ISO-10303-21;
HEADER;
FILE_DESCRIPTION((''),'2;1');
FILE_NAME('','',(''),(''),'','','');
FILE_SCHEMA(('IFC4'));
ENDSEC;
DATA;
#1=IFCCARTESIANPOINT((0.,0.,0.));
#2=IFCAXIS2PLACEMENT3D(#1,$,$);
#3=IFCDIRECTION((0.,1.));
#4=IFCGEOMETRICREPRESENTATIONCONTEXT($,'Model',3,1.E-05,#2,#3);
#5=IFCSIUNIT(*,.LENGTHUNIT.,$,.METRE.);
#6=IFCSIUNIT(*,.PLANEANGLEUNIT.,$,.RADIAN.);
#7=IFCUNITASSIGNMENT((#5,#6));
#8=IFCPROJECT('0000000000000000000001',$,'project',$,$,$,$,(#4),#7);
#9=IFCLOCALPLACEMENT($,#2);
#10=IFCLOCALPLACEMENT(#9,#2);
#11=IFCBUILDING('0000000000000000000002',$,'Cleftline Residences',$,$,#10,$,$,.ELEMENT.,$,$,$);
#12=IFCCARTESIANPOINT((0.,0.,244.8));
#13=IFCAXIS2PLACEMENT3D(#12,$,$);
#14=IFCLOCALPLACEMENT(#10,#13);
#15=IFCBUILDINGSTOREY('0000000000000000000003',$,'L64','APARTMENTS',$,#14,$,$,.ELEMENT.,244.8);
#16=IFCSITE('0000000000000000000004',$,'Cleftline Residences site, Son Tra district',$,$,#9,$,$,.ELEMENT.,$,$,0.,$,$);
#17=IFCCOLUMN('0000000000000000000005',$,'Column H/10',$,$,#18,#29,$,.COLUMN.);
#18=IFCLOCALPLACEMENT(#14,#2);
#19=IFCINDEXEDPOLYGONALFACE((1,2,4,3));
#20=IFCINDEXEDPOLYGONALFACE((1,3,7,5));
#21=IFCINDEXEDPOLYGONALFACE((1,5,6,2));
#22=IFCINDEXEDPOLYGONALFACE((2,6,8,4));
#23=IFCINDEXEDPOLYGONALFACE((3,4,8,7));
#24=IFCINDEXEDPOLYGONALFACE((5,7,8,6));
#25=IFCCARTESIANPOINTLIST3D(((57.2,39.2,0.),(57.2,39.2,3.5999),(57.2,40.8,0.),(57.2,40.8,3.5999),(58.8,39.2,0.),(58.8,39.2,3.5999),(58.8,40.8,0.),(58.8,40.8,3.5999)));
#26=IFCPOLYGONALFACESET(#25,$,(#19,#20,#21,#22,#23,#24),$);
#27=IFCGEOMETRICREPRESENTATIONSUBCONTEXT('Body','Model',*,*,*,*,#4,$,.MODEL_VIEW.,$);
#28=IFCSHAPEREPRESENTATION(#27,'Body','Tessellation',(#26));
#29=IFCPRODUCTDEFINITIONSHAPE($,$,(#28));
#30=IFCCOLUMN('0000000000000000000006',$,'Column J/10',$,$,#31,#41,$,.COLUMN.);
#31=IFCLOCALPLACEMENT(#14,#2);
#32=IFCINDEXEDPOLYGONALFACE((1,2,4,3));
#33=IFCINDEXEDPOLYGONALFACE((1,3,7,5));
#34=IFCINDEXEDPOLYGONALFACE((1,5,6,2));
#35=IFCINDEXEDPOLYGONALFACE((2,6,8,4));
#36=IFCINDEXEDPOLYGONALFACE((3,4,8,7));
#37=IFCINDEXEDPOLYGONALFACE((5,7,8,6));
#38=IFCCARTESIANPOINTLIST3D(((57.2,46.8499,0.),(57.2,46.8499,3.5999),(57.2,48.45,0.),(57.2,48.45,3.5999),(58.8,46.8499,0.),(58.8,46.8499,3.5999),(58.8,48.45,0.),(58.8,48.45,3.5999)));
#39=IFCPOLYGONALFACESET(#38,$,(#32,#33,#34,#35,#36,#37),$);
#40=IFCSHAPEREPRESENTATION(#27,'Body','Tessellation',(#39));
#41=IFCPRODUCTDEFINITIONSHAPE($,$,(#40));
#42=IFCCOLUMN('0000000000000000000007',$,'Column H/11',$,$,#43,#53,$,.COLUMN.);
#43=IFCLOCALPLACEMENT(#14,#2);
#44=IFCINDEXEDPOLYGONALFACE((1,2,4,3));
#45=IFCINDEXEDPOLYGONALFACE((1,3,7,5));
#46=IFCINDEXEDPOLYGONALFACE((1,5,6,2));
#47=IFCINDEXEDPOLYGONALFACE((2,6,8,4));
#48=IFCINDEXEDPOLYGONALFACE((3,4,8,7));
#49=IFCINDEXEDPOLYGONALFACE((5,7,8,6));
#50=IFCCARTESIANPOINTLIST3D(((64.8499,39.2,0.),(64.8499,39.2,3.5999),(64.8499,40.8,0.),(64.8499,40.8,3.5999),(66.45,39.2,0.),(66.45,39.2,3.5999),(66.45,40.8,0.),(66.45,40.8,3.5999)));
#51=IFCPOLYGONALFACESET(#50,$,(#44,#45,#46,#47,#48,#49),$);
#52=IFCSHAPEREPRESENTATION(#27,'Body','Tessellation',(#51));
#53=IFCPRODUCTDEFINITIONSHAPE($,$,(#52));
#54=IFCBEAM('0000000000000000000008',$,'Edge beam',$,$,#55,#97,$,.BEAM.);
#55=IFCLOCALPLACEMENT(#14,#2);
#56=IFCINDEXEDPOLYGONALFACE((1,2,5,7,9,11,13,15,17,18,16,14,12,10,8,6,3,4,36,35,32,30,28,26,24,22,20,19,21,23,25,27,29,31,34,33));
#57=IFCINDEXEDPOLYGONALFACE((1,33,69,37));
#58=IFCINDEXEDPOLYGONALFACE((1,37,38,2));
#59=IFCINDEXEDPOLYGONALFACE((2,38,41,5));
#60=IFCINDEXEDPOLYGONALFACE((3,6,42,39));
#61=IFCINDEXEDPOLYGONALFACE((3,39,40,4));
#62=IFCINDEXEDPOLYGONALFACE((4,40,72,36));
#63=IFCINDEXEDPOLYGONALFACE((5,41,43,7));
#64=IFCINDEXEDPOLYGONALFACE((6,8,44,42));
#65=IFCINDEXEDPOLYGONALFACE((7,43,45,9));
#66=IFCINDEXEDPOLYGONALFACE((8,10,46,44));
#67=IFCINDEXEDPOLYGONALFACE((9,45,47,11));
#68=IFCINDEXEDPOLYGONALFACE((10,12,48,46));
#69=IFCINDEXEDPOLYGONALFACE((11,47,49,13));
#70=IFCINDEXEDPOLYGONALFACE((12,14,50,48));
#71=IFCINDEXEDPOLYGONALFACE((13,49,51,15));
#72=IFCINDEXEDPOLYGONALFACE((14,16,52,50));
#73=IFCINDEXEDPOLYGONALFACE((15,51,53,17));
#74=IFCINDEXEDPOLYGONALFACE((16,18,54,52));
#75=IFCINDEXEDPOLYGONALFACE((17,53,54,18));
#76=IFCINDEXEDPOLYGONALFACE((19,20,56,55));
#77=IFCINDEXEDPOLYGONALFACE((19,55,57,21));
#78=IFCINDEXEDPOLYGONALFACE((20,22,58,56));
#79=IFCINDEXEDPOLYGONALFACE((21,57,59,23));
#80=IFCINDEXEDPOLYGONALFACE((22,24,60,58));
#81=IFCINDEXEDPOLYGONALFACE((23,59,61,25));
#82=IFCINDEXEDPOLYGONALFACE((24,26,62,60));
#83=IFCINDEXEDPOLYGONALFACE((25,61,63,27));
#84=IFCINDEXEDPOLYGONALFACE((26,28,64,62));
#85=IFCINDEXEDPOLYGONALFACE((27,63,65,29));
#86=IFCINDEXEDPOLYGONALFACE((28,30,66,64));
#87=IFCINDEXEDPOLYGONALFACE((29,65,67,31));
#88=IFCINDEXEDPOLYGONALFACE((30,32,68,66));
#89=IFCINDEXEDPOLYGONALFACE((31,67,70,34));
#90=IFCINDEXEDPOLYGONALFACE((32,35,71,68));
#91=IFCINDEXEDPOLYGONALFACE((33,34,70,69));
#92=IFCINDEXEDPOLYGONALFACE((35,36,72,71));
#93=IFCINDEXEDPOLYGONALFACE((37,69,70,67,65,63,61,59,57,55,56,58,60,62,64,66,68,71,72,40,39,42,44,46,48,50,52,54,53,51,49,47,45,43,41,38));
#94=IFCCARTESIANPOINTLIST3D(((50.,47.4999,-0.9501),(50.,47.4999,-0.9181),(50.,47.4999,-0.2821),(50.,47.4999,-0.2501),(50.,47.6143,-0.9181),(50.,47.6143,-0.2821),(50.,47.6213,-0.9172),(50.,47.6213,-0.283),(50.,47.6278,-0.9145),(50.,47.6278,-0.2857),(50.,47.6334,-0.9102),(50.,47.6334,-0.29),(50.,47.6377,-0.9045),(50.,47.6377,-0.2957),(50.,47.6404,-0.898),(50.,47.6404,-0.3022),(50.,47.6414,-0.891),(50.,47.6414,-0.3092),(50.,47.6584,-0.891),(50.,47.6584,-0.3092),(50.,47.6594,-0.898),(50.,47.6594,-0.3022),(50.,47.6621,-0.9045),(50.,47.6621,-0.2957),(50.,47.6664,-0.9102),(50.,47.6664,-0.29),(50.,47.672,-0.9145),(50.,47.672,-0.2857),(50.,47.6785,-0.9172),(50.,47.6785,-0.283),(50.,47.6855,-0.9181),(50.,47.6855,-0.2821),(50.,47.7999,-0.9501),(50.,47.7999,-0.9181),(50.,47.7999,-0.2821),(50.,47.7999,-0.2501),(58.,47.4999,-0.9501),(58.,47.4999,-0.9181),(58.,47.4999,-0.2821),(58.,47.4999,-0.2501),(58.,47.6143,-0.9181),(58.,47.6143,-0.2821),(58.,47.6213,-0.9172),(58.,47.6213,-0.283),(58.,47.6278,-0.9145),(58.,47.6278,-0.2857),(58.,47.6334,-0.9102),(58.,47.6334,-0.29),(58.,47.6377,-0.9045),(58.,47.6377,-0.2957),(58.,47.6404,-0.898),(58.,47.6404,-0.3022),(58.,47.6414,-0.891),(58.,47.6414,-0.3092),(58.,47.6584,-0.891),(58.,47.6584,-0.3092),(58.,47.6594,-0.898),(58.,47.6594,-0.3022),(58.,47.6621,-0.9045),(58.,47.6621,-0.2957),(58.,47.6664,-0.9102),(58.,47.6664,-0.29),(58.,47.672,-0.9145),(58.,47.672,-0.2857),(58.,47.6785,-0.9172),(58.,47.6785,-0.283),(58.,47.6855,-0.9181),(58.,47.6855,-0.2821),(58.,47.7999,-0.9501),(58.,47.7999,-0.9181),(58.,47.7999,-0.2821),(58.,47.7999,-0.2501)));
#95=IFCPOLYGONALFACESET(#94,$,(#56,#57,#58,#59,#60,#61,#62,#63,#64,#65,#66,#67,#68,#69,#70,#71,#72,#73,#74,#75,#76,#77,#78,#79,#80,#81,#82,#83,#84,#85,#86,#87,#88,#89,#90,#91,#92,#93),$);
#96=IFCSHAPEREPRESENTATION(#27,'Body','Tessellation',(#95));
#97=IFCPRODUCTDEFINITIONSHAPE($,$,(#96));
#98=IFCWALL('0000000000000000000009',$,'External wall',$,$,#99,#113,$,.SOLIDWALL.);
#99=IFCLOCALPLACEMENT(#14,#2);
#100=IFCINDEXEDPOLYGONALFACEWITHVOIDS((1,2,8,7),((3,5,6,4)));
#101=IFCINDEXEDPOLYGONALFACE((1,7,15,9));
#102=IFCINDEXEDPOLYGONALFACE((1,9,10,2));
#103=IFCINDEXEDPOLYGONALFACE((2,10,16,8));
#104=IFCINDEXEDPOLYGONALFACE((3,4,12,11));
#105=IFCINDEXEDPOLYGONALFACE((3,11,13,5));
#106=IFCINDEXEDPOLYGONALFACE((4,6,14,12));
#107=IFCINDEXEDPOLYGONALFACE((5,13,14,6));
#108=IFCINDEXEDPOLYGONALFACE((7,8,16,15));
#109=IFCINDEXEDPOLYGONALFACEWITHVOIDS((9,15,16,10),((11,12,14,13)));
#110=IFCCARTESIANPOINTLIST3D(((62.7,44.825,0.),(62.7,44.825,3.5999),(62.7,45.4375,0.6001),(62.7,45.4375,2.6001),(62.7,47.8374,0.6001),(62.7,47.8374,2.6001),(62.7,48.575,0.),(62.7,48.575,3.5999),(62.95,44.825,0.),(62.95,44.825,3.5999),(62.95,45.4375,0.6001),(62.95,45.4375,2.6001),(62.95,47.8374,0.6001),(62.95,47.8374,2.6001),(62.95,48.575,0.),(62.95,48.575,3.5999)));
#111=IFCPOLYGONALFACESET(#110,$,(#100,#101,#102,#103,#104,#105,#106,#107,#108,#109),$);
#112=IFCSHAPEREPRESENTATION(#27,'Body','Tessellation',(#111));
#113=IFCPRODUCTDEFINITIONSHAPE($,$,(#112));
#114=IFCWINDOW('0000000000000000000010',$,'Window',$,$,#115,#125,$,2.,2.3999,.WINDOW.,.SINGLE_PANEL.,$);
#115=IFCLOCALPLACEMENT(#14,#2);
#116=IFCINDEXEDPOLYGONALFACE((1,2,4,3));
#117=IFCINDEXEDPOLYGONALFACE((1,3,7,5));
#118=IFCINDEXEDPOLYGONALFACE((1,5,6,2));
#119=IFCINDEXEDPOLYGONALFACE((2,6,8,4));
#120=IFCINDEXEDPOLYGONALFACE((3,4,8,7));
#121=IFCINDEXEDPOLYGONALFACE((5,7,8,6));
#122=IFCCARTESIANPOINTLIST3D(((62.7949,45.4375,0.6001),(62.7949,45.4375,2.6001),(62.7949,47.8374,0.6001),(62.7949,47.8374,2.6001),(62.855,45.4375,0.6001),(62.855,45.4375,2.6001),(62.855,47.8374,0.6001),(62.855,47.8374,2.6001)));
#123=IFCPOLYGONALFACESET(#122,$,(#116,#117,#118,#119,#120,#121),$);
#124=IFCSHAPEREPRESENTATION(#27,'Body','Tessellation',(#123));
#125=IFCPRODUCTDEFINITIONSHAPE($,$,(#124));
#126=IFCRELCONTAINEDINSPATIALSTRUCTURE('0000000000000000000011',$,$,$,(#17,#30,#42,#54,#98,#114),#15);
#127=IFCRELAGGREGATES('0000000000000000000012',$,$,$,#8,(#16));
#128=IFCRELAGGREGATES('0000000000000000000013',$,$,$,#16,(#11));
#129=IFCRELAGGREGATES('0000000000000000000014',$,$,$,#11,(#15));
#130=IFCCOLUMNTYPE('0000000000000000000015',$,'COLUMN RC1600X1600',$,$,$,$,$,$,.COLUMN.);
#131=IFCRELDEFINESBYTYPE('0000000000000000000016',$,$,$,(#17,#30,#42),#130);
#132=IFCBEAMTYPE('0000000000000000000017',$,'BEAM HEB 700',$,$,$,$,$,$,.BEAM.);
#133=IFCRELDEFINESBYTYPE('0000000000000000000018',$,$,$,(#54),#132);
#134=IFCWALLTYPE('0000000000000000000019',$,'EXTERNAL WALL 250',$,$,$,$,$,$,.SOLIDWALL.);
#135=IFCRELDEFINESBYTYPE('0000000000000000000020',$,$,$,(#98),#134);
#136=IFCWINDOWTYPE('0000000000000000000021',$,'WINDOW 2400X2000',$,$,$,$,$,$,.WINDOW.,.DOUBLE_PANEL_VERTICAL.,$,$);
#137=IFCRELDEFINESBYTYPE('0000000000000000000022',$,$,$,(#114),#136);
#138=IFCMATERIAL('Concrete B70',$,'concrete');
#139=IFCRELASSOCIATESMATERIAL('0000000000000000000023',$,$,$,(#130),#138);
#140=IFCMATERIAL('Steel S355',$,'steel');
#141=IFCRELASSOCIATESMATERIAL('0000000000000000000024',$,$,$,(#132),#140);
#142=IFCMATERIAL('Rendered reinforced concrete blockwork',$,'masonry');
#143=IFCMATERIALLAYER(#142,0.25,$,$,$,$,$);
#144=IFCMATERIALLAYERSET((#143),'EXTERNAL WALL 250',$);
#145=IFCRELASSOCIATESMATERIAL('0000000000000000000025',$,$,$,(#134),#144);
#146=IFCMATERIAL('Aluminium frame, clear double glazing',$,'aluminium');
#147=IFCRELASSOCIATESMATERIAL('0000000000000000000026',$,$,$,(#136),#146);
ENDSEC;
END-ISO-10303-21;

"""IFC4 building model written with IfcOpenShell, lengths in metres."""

from ifc_helpers import new_model, si_unit, direction, frame, frame_2d, origin, origin_2d, place, context, subcontext, project, spatial, rectangle, i_section, extrude, material, layer, layer_set, material_profile, profile_set, type_object, element, fill, save


model = new_model("IFC4")

# Units and contexts
model_context = context("Model", 3, precision=1e-05, world=origin(), true_north=direction((0.0, 1.0)))
body_context = subcontext(model_context, "Body", "Model", "MODEL_VIEW")
ifc_project = project(units=[si_unit("LENGTHUNIT", "METRE"), si_unit("PLANEANGLEUNIT", "RADIAN")], contexts=[model_context])

# Site, building, storey
site_placement = place(None, origin())
site = spatial("IfcSite", under=ifc_project, at=site_placement, Name="Cleftline Residences site, Son Tra district", CompositionType="ELEMENT", RefElevation=0.0)
building_placement = place(site_placement, origin())
building = spatial("IfcBuilding", under=site, at=building_placement, Name="Cleftline Residences", CompositionType="ELEMENT")
storey_placement = place(building_placement, frame((0.0, 0.0, 244.8)))
storey = spatial("IfcBuildingStorey", under=building, at=storey_placement, Name="L64", Description="APARTMENTS", CompositionType="ELEMENT", Elevation=244.8)

# Columns
ifc_material_1 = material(Name="Concrete B70", Category="concrete")
ifc_material_profile_1 = material_profile(ifc_material_1, rectangle(XDim=1.6001, YDim=1.6001, at=origin_2d()))
ifc_profile_set_1 = profile_set([ifc_material_profile_1], Name="Concrete B70")
column_type = type_object("IfcColumnType", Name="COLUMN RC1600X1600", PredefinedType="COLUMN", material=ifc_profile_set_1)
for number, where, z_axis, x_axis, name in (
    (1, (58.0, 40.0, 0.0), (0.0, 0.0, 1.0), (1.0, 0.0, 0.0), "Column H/10"),
    (2, (58.0, 47.6499, 0.0), (0.0, 0.0, 1.0), (1.0, 0.0, 0.0), "Column J/10"),
    (3, (65.6499, 40.0, 0.0), (0.0, 0.0, 1.0), (1.0, 0.0, 0.0), "Column H/11"),
):
    element("IfcColumn", number, at=place(storey_placement, frame(where, z_axis=z_axis, x_axis=x_axis)), inside=storey, type_object=column_type, Name=name, PredefinedType="COLUMN", context=body_context, shape_type="SweptSolid", body=[
        extrude(rectangle(XDim=1.6001, YDim=1.6001, at=origin_2d()), origin(), (0.0, 0.0, 1.0), 3.5999),
    ])

# Beam
ifc_material_2 = material(Name="Steel S355", Category="steel")
ifc_material_profile_2 = material_profile(ifc_material_2, i_section(OverallWidth=0.3, OverallDepth=0.7, WebThickness=0.0171, FlangeThickness=0.032, FilletRadius=0.0271, at=origin_2d()))
ifc_profile_set_2 = profile_set([ifc_material_profile_2], Name="Steel S355")
beam_type = type_object("IfcBeamType", Name="BEAM HEB 700", PredefinedType="BEAM", material=ifc_profile_set_2)
beam_placement = place(storey_placement, frame((58.0, 47.6499, -0.6001), z_axis=(-1.0, 0.0, 0.0), x_axis=(0.0, -1.0, 0.0)))
element("IfcBeam", 4, at=beam_placement, inside=storey, type_object=beam_type, Name="Edge beam", PredefinedType="BEAM", context=body_context, shape_type="SweptSolid", body=[
    extrude(i_section(OverallWidth=0.3, OverallDepth=0.7, WebThickness=0.0171, FlangeThickness=0.032, FilletRadius=0.0271, at=origin_2d()), origin(), (0.0, 0.0, 1.0), 8.0),
])

# Wall, opening, window
ifc_material_3 = material(Name="Rendered reinforced concrete blockwork", Category="masonry")
ifc_layer_1 = layer(ifc_material_3, 0.25)
ifc_layer_set_1 = layer_set([ifc_layer_1], Name="EXTERNAL WALL 250")
wall_type_1 = type_object("IfcWallType", Name="EXTERNAL WALL 250", PredefinedType="SOLIDWALL", material=ifc_layer_set_1)
wall_1_placement = place(storey_placement, frame((62.825, 44.825, 0.0), z_axis=(0.0, 0.0, 1.0), x_axis=(0.0, 1.0, 0.0)))
wall_1 = element("IfcWall", 5, at=wall_1_placement, inside=storey, type_object=wall_type_1, Name="External wall", PredefinedType="SOLIDWALL", context=body_context, shape_type="SweptSolid", body=[
    extrude(rectangle(XDim=3.75, YDim=0.25, at=frame_2d((1.875, 0.0))), origin(), (0.0, 0.0, 1.0), 3.5999),
])
opening_1_placement = place(wall_1_placement, frame((0.6125, 0.0, 0.6001)))
opening_1 = element("IfcOpeningElement", 6, at=opening_1_placement, cuts=wall_1, PredefinedType="OPENING", context=body_context, shape_type="SweptSolid", body=[
    extrude(rectangle(XDim=2.3999, YDim=2.0, at=frame_2d((1.2, 1.0))), frame((0.0, 0.135, 0.0), z_axis=(0.0, -1.0, 0.0), x_axis=(1.0, 0.0, 0.0)), (0.0, 0.0, 1.0), 0.27),
])
ifc_material_4 = material(Name="Aluminium frame, clear double glazing", Category="aluminium")
window_type_1 = type_object("IfcWindowType", Name="WINDOW 2400X2000", PartitioningType="DOUBLE_PANEL_VERTICAL", PredefinedType="WINDOW", material=ifc_material_4)
window_1_placement = place(opening_1_placement, origin())
window_1 = element("IfcWindow", 7, at=window_1_placement, inside=storey, type_object=window_type_1, Name="Window", OverallHeight=2.0, OverallWidth=2.3999, PartitioningType="SINGLE_PANEL", PredefinedType="WINDOW", context=body_context, shape_type="SweptSolid", body=[
    extrude(rectangle(XDim=2.3999, YDim=2.0, at=frame_2d((1.2, 1.0))), frame((0.0, 0.03, 0.0), z_axis=(0.0, -1.0, 0.0), x_axis=(1.0, 0.0, 0.0)), (0.0, 0.0, 1.0), 0.0601),
])
fill(opening_1, window_1)

save(model, "model.ifc")
